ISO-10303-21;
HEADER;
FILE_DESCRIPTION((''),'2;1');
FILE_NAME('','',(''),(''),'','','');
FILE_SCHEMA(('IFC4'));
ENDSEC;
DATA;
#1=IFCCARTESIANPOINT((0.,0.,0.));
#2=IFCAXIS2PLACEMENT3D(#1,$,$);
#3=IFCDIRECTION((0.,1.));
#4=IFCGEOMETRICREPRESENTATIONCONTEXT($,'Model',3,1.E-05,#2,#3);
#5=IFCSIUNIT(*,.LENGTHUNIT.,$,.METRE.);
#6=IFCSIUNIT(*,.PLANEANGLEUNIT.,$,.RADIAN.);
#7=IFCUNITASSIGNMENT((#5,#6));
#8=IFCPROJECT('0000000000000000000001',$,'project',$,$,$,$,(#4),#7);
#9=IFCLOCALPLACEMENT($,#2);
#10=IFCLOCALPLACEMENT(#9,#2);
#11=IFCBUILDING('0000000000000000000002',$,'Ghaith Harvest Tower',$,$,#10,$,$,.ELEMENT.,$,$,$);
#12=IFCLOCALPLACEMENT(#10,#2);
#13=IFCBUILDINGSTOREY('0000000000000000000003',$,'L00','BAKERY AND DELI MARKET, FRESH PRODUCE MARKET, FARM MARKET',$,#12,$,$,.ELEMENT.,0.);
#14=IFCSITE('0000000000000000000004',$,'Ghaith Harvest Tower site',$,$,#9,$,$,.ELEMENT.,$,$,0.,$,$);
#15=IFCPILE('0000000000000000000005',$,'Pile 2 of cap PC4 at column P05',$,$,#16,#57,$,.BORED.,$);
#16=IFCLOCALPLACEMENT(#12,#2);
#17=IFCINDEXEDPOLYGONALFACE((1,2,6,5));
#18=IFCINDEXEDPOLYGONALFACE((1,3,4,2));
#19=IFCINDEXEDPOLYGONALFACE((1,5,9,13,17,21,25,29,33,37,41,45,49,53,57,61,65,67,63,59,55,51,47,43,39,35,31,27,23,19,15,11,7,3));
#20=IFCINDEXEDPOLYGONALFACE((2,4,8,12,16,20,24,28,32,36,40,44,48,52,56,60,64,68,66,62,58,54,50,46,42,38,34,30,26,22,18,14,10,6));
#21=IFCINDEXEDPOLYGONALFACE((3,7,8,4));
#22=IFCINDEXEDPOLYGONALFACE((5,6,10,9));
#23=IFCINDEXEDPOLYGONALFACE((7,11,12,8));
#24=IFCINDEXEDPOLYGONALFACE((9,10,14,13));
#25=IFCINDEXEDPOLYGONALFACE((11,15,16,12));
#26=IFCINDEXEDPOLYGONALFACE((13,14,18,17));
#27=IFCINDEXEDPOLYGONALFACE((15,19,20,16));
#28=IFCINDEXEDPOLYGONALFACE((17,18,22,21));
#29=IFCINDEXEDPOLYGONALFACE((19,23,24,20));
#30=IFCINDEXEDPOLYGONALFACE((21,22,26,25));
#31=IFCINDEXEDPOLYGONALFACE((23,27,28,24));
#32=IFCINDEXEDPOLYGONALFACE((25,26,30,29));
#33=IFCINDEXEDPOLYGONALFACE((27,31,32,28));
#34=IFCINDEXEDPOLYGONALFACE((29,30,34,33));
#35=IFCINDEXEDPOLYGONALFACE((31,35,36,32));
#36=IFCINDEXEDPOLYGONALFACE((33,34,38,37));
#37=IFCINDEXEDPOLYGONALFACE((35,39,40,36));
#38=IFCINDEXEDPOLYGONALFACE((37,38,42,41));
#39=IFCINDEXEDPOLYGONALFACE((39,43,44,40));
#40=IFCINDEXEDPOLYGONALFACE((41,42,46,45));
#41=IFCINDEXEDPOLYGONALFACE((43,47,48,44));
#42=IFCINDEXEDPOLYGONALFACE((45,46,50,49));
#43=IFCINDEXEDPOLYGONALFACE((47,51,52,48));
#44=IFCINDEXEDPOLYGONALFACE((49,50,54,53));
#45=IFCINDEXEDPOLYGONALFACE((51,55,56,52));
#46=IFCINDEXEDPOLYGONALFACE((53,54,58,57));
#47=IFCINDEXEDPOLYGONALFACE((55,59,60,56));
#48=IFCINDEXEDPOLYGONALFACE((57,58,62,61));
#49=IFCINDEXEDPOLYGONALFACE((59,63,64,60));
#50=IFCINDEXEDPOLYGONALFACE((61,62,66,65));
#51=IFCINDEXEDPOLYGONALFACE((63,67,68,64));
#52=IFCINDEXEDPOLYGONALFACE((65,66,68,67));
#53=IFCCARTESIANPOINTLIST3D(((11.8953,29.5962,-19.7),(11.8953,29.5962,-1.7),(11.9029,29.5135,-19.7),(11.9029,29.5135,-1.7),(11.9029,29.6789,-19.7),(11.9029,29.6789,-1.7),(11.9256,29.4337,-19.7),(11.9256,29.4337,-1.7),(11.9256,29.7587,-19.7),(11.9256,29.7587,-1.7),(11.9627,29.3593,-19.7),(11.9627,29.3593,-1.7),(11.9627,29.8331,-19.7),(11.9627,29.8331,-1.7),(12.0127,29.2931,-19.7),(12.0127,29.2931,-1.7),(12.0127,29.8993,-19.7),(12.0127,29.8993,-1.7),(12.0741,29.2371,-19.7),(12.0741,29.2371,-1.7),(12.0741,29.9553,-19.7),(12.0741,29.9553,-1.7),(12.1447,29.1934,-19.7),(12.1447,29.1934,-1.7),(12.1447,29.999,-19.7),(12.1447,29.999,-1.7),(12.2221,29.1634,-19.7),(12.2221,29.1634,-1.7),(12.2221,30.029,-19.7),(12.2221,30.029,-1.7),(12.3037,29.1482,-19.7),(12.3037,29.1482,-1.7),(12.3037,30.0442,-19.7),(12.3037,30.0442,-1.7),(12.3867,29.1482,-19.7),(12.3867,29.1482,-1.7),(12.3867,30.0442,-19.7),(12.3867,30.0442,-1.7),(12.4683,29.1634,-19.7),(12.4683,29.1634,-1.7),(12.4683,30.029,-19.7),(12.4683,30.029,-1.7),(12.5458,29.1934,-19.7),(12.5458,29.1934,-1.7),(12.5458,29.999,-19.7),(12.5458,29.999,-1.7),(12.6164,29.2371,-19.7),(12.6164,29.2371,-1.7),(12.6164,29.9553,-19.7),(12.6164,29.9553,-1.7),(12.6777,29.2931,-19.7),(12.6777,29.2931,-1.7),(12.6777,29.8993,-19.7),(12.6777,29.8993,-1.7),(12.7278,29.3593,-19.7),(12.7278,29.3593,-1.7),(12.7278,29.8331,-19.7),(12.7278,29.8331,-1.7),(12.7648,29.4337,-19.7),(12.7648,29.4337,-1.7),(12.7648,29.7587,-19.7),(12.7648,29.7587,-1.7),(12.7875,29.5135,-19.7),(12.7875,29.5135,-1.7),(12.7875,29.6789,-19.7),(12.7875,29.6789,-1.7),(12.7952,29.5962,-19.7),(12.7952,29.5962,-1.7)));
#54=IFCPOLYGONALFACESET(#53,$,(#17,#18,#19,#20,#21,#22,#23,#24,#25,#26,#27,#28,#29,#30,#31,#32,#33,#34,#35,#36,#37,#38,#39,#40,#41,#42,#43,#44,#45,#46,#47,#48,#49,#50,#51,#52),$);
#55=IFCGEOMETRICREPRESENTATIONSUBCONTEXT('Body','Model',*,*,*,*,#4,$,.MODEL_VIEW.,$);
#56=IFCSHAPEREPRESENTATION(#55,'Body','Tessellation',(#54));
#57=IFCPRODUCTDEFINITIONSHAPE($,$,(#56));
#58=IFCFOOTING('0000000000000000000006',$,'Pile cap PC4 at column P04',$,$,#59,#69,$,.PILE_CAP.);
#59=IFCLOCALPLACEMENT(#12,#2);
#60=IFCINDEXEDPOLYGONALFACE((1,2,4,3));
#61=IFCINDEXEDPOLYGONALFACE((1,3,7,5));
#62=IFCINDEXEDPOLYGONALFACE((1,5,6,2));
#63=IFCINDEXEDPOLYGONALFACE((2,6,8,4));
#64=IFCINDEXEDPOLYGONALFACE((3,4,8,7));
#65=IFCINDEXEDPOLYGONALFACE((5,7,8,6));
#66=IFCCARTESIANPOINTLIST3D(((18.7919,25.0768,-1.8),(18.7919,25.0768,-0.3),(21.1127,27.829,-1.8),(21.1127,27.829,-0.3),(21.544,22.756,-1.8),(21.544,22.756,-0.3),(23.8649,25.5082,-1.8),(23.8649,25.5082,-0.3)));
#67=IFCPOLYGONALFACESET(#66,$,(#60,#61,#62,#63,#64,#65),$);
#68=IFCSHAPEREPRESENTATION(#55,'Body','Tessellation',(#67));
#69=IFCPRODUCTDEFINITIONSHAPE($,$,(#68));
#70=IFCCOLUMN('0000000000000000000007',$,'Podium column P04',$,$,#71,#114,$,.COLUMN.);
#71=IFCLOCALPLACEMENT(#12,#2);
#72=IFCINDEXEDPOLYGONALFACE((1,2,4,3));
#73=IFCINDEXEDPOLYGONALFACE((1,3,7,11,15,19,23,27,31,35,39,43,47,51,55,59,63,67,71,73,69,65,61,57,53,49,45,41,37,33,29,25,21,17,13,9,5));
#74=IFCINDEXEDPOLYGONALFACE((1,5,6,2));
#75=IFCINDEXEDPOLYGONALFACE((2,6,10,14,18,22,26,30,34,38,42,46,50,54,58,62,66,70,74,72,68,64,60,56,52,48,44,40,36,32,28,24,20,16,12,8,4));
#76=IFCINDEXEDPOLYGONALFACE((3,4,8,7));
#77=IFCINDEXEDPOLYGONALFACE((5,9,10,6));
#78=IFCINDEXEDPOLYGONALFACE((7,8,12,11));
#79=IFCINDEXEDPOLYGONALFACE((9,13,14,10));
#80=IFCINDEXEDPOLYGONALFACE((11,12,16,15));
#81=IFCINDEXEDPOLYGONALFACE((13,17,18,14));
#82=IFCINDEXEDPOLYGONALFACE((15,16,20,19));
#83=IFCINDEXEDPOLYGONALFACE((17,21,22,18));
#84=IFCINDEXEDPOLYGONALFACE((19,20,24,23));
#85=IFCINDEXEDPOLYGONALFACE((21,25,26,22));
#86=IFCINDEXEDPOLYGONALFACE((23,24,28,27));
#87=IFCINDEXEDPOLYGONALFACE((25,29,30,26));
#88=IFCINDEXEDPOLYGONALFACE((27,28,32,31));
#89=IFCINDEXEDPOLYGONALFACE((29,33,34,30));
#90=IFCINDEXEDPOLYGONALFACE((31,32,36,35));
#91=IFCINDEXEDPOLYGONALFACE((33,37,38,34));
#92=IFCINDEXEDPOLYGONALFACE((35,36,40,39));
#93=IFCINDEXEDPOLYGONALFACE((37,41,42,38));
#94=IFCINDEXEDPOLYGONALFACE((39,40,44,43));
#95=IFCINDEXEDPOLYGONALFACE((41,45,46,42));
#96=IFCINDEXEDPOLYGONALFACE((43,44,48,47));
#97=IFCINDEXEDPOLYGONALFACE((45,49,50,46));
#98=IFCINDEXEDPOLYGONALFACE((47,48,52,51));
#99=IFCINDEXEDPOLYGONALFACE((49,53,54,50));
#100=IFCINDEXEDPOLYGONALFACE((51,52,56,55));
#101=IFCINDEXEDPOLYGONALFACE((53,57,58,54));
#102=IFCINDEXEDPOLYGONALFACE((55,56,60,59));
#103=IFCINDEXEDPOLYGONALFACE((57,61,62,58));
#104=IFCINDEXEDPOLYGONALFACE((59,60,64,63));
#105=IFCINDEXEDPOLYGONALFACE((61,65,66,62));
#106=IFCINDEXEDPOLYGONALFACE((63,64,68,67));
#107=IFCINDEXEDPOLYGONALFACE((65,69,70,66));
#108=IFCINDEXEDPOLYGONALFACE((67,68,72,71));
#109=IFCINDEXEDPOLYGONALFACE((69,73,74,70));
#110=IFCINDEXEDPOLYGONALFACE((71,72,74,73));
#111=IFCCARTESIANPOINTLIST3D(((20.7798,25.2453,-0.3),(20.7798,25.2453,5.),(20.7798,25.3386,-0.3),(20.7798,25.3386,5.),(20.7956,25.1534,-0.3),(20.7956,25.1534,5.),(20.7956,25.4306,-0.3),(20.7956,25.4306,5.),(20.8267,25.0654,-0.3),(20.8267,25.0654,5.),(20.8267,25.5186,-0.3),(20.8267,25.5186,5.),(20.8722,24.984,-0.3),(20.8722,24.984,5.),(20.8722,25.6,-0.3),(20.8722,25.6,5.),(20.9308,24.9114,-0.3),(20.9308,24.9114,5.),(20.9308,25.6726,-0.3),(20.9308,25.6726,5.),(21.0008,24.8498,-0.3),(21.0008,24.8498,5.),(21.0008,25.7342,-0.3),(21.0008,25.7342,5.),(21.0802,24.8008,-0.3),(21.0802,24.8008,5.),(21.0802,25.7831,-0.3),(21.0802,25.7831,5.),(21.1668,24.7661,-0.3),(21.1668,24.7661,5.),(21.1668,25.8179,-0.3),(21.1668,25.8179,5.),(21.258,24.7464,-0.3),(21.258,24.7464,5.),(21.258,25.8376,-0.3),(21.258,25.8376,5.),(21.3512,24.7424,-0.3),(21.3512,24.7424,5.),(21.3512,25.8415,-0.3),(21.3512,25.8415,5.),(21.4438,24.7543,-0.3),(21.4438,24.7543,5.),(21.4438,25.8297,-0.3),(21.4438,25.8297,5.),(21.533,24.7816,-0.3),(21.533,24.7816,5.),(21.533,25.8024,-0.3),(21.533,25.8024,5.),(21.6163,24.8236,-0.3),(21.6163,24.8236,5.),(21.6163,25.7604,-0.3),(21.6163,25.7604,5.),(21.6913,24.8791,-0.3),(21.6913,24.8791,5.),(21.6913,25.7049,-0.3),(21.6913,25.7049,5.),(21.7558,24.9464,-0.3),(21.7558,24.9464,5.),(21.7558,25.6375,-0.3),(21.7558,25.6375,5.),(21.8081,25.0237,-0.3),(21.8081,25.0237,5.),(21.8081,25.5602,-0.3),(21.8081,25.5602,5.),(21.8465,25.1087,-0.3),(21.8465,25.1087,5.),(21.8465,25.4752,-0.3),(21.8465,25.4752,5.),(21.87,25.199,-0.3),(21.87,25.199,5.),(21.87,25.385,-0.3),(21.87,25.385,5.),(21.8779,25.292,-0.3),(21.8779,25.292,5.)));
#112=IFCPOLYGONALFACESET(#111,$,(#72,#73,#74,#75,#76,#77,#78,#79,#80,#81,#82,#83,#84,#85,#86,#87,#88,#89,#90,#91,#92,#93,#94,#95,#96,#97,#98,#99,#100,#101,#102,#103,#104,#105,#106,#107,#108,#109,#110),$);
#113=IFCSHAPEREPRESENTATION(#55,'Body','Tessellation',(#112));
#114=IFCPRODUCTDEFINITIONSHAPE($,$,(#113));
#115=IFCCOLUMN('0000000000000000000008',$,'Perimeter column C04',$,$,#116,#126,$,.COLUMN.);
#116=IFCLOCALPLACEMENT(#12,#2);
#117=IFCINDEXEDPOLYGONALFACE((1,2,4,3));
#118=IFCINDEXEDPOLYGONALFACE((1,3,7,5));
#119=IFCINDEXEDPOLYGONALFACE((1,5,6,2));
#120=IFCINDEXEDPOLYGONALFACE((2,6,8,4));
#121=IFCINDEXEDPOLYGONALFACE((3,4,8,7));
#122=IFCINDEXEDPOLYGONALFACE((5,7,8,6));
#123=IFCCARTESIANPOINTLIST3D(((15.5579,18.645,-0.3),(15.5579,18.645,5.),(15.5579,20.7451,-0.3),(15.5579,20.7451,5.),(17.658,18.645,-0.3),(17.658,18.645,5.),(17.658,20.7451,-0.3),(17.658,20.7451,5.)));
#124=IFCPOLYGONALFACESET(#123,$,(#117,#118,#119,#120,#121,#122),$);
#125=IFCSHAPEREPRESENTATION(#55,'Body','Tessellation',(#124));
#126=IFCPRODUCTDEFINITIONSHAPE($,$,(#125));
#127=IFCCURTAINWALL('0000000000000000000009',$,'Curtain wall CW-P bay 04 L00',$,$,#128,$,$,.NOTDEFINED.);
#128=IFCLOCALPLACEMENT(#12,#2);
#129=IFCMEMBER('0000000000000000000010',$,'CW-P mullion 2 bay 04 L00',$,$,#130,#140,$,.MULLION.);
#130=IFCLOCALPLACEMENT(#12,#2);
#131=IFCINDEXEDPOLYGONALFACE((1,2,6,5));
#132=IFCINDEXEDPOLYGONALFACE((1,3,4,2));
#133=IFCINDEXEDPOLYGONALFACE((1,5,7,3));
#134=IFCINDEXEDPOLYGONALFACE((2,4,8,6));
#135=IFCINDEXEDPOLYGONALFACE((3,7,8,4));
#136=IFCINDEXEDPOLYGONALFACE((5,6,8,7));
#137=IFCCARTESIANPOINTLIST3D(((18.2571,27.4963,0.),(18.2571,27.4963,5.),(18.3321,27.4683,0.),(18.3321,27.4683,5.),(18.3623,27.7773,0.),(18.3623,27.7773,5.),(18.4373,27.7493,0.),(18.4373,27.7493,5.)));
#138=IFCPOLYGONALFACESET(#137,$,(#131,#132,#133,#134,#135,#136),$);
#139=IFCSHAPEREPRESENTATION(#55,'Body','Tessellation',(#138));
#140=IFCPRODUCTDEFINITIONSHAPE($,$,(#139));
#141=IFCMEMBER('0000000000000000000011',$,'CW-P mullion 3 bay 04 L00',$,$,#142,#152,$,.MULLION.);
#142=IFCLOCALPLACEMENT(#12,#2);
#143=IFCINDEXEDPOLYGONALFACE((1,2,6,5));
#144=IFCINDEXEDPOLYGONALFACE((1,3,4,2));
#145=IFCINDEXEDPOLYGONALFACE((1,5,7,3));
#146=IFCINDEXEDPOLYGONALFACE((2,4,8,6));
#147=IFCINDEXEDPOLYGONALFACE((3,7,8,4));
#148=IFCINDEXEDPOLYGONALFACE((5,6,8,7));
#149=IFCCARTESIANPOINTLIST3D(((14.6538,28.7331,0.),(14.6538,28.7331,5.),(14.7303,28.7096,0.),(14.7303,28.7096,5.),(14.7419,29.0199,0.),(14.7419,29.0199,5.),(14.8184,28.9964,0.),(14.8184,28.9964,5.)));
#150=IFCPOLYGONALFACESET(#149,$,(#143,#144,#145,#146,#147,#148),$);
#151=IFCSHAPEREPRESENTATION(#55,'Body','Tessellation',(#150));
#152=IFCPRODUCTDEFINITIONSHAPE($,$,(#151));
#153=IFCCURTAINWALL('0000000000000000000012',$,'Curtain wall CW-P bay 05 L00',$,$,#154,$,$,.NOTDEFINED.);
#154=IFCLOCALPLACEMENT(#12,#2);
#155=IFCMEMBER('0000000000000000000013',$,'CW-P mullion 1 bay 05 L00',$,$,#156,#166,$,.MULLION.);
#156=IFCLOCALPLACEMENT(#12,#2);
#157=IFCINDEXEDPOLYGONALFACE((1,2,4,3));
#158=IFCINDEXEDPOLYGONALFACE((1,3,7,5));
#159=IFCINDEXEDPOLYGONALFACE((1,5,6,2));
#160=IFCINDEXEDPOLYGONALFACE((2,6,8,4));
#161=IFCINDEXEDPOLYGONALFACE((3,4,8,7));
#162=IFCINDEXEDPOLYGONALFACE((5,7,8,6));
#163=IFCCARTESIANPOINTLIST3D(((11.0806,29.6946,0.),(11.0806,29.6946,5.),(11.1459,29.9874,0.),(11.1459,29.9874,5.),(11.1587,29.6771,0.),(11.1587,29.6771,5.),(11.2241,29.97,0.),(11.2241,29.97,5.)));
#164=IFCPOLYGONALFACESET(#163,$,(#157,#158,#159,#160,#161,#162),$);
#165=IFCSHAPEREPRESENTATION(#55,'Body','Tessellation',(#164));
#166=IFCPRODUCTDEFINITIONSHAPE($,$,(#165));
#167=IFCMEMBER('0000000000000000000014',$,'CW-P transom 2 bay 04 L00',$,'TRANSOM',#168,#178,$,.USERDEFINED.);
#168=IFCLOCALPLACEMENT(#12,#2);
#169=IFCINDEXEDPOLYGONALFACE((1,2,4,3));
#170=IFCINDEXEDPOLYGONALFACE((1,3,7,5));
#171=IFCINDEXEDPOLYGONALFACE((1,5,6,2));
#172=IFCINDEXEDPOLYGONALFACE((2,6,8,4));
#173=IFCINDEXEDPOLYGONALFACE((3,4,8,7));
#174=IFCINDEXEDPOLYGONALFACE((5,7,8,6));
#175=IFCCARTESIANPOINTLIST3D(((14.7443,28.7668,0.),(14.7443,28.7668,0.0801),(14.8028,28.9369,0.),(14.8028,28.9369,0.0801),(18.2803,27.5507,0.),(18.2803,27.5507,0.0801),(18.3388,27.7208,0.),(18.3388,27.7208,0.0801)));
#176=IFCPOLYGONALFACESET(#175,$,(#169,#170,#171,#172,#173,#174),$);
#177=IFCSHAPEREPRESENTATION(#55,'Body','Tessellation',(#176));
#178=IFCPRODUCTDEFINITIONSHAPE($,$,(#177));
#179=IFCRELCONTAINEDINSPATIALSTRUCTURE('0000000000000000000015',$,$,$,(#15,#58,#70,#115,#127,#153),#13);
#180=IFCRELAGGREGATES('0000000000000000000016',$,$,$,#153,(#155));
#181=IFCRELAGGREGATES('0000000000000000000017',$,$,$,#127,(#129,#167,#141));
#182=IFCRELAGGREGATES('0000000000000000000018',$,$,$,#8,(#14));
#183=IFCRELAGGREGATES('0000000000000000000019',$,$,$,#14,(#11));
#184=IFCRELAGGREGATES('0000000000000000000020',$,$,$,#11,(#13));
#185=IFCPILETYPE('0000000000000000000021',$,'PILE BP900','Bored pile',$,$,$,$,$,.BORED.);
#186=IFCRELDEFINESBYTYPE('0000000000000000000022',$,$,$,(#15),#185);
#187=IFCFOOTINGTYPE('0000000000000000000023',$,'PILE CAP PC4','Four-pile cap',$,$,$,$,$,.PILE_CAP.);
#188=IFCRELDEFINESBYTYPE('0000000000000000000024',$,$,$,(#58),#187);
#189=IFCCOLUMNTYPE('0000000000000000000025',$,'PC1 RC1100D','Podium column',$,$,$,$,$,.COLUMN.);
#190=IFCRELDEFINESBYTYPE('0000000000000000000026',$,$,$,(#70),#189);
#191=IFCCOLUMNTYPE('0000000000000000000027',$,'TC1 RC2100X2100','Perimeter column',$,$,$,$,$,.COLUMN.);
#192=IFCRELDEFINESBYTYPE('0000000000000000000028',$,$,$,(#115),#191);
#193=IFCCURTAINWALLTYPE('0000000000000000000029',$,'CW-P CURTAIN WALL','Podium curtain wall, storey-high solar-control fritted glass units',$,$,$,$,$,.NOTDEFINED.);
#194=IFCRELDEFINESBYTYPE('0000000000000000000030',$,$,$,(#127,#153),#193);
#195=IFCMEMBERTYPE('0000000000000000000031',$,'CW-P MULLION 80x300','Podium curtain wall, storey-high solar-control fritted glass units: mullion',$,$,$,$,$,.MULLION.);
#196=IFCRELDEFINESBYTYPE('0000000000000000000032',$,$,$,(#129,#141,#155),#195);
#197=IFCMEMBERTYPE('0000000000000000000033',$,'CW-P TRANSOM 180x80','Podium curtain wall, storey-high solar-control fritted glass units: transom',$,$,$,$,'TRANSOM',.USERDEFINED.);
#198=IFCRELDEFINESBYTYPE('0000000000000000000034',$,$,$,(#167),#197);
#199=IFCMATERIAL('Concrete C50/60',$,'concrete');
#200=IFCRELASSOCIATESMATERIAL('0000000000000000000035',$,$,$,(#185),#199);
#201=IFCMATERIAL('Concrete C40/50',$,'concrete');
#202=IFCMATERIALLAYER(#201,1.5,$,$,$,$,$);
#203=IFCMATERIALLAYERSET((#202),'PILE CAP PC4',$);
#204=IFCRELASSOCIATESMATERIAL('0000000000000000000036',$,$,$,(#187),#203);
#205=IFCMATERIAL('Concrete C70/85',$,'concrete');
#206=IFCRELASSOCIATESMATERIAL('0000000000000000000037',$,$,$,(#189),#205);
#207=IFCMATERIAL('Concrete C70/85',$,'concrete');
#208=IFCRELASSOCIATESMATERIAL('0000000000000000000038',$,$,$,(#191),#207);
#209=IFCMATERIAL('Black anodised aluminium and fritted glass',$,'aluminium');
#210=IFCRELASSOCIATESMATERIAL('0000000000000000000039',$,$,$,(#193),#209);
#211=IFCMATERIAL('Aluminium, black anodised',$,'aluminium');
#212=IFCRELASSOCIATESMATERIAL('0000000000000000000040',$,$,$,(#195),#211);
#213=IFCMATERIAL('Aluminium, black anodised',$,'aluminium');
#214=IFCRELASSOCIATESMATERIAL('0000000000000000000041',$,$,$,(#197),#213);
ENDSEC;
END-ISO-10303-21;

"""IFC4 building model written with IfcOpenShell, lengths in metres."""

from ifc_helpers import new_model, si_unit, direction, frame, origin, origin_2d, place, context, subcontext, project, spatial, rectangle, circle, extrude, material, layer, layer_set, material_profile, profile_set, type_object, element, aggregate, save


model = new_model("IFC4")

# Units and contexts
model_context = context("Model", 3, precision=1e-05, world=origin(), true_north=direction((0.0, 1.0)))
body_context = subcontext(model_context, "Body", "Model", "MODEL_VIEW")
ifc_project = project(units=[si_unit("LENGTHUNIT", "METRE"), si_unit("PLANEANGLEUNIT", "RADIAN")], contexts=[model_context])

# Site, building, storey
site_placement = place(None, origin())
site = spatial("IfcSite", under=ifc_project, at=site_placement, Name="Ghaith Harvest Tower site", CompositionType="ELEMENT", RefElevation=0.0)
building_placement = place(site_placement, origin())
building = spatial("IfcBuilding", under=site, at=building_placement, Name="Ghaith Harvest Tower", CompositionType="ELEMENT")
storey_placement = place(building_placement, origin())
storey = spatial("IfcBuildingStorey", under=building, at=storey_placement, Name="L00", Description="BAKERY AND DELI MARKET, FRESH PRODUCE MARKET, FARM MARKET", CompositionType="ELEMENT", Elevation=0.0)

# Pile
ifc_material_1 = material(Name="Concrete C50/60", Category="concrete")
ifc_material_profile_1 = material_profile(ifc_material_1, circle(Radius=0.45, at=origin_2d()), Name="PILE900")
ifc_profile_set_1 = profile_set([ifc_material_profile_1], Name="Concrete C50/60")
pile_type_1 = type_object("IfcPileType", Name="PILE BP900", Description="Bored pile", PredefinedType="BORED", material=ifc_profile_set_1)
for number, where, z_axis, x_axis, name in (
    (1, (12.3452, 29.5962, -1.7), (0.0, 0.0, -1.0), (1.0, 0.0, 0.0), "Pile 2 of cap PC4 at column P05"),
):
    element("IfcPile", number, at=place(storey_placement, frame(where, z_axis=z_axis, x_axis=x_axis)), inside=storey, type_object=pile_type_1, Name=name, PredefinedType="BORED", context=body_context, shape_type="SweptSolid", body=[
        extrude(circle(Radius=0.45, at=origin_2d()), origin(), (0.0, 0.0, 1.0), 18.0),
    ])

# Footing
ifc_material_2 = material(Name="Concrete C40/50", Category="concrete")
ifc_layer_1 = layer(ifc_material_2, 1.5)
ifc_layer_set_1 = layer_set([ifc_layer_1], Name="PILE CAP PC4")
footing_type = type_object("IfcFootingType", Name="PILE CAP PC4", Description="Four-pile cap", PredefinedType="PILE_CAP", material=ifc_layer_set_1)
footing_placement = place(storey_placement, frame((21.3284, 25.2925, -1.8), z_axis=(0.0, 0.0, 1.0), x_axis=(0.644657, 0.764472, 0.0)))
element("IfcFooting", 2, at=footing_placement, inside=storey, type_object=footing_type, Name="Pile cap PC4 at column P04", PredefinedType="PILE_CAP", context=body_context, shape_type="SweptSolid", body=[
    extrude(rectangle(XDim=3.6001, YDim=3.6001, at=origin_2d()), origin(), (0.0, 0.0, 1.0), 1.5),
])

# Columns
ifc_material_3 = material(Name="Concrete C70/85", Category="concrete")
ifc_material_profile_2 = material_profile(ifc_material_3, circle(Radius=0.55, at=origin_2d()), Name="RC1100D")
ifc_profile_set_2 = profile_set([ifc_material_profile_2], Name="Concrete C70/85")
column_type_1 = type_object("IfcColumnType", Name="PC1 RC1100D", Description="Podium column", PredefinedType="COLUMN", material=ifc_profile_set_2)
column_1_placement = place(storey_placement, frame((21.3279, 25.292, -0.3), z_axis=(0.0, 0.0, 1.0), x_axis=(1.0, 0.0, 0.0)))
element("IfcColumn", 3, at=column_1_placement, inside=storey, type_object=column_type_1, Name="Podium column P04", PredefinedType="COLUMN", context=body_context, shape_type="SweptSolid", body=[
    extrude(circle(Radius=0.55, at=origin_2d()), origin(), (0.0, 0.0, 1.0), 5.3),
])
ifc_material_4 = material(Name="Concrete C70/85", Category="concrete")
ifc_material_profile_3 = material_profile(ifc_material_4, rectangle(XDim=2.1001, YDim=2.1001, at=origin_2d()), Name="RC2100X2100")
ifc_profile_set_3 = profile_set([ifc_material_profile_3], Name="Concrete C70/85")
column_type_2 = type_object("IfcColumnType", Name="TC1 RC2100X2100", Description="Perimeter column", PredefinedType="COLUMN", material=ifc_profile_set_3)
column_2_placement = place(storey_placement, frame((16.6079, 19.6951, -0.3), z_axis=(0.0, 0.0, 1.0), x_axis=(1.0, 0.0, 0.0)))
element("IfcColumn", 4, at=column_2_placement, inside=storey, type_object=column_type_2, Name="Perimeter column C04", PredefinedType="COLUMN", context=body_context, shape_type="SweptSolid", body=[
    extrude(rectangle(XDim=2.1001, YDim=2.1001, at=origin_2d()), origin(), (0.0, 0.0, 1.0), 5.3),
])

# Curtain wall, members
ifc_material_5 = material(Name="Black anodised aluminium and fritted glass", Category="aluminium")
curtain_wall_type = type_object("IfcCurtainWallType", Name="CW-P CURTAIN WALL", Description="Podium curtain wall, storey-high solar-control fritted glass units", PredefinedType="NOTDEFINED", material=ifc_material_5)
curtain_wall_1_placement = place(storey_placement, origin())
curtain_wall_1 = element("IfcCurtainWall", 5, at=curtain_wall_1_placement, inside=storey, type_object=curtain_wall_type, Name="Curtain wall CW-P bay 04 L00", PredefinedType="NOTDEFINED")
ifc_material_6 = material(Name="Aluminium, black anodised", Category="aluminium")
ifc_material_profile_4 = material_profile(ifc_material_6, rectangle(XDim=0.0801, YDim=0.3, at=origin_2d()), Name="CW-P MULLION 80x300")
ifc_profile_set_4 = profile_set([ifc_material_profile_4], Name="Aluminium, black anodised")
member_type_1 = type_object("IfcMemberType", Name="CW-P MULLION 80x300", Description="Podium curtain wall, storey-high solar-control fritted glass units: mullion", PredefinedType="MULLION", material=ifc_profile_set_4)
member_1_placement = place(storey_placement, frame((18.3472, 27.6228, 0.0), z_axis=(0.0, 0.0, 1.0), x_axis=(-0.936543, 0.350552, 0.0)))
member_1 = element("IfcMember", 6, at=member_1_placement, type_object=member_type_1, Name="CW-P mullion 2 bay 04 L00", PredefinedType="MULLION", context=body_context, shape_type="SweptSolid", body=[
    extrude(rectangle(XDim=0.0801, YDim=0.3, at=origin_2d()), origin(), (0.0, 0.0, 1.0), 5.0),
])
member_2_placement = place(storey_placement, frame((14.7361, 28.8647, 0.0), z_axis=(0.0, 0.0, 1.0), x_axis=(-0.95594, 0.293562, 0.0)))
member_2 = element("IfcMember", 7, at=member_2_placement, type_object=member_type_1, Name="CW-P mullion 3 bay 04 L00", PredefinedType="MULLION", context=body_context, shape_type="SweptSolid", body=[
    extrude(rectangle(XDim=0.0801, YDim=0.3, at=origin_2d()), origin(), (0.0, 0.0, 1.0), 5.0),
])

# Curtain wall, member
curtain_wall_2_placement = place(storey_placement, origin())
curtain_wall_2 = element("IfcCurtainWall", 8, at=curtain_wall_2_placement, inside=storey, type_object=curtain_wall_type, Name="Curtain wall CW-P bay 05 L00", PredefinedType="NOTDEFINED")
member_3_placement = place(storey_placement, frame((11.1523, 29.8323, 0.0), z_axis=(0.0, 0.0, 1.0), x_axis=(-0.975988, 0.217824, 0.0)))
member_3 = element("IfcMember", 9, at=member_3_placement, type_object=member_type_1, Name="CW-P mullion 1 bay 05 L00", PredefinedType="MULLION", context=body_context, shape_type="SweptSolid", body=[
    extrude(rectangle(XDim=0.0801, YDim=0.3, at=origin_2d()), origin(), (0.0, 0.0, 1.0), 5.0),
])

# Member
ifc_material_7 = material(Name="Aluminium, black anodised", Category="aluminium")
ifc_material_profile_5 = material_profile(ifc_material_7, rectangle(XDim=0.1799, YDim=0.0801, at=origin_2d()), Name="CW-P TRANSOM 180x80")
ifc_profile_set_5 = profile_set([ifc_material_profile_5], Name="Aluminium, black anodised")
member_type_2 = type_object("IfcMemberType", Name="CW-P TRANSOM 180x80", Description="Podium curtain wall, storey-high solar-control fritted glass units: transom", ElementType="TRANSOM", PredefinedType="USERDEFINED", material=ifc_profile_set_5)
member_4_placement = place(storey_placement, frame((18.3096, 27.6357, 0.04), z_axis=(-0.945637, 0.325224, 0.0), x_axis=(-0.325224, -0.945637, 0.0)))
member_4 = element("IfcMember", 10, at=member_4_placement, type_object=member_type_2, Name="CW-P transom 2 bay 04 L00", ObjectType="TRANSOM", PredefinedType="USERDEFINED", context=body_context, shape_type="SweptSolid", body=[
    extrude(rectangle(XDim=0.1799, YDim=0.0801, at=origin_2d()), origin(), (0.0, 0.0, 1.0), 3.7393),
])
aggregate(curtain_wall_2, [member_3])

aggregate(curtain_wall_1, [member_1, member_4, member_2])

save(model, "model.ifc")
